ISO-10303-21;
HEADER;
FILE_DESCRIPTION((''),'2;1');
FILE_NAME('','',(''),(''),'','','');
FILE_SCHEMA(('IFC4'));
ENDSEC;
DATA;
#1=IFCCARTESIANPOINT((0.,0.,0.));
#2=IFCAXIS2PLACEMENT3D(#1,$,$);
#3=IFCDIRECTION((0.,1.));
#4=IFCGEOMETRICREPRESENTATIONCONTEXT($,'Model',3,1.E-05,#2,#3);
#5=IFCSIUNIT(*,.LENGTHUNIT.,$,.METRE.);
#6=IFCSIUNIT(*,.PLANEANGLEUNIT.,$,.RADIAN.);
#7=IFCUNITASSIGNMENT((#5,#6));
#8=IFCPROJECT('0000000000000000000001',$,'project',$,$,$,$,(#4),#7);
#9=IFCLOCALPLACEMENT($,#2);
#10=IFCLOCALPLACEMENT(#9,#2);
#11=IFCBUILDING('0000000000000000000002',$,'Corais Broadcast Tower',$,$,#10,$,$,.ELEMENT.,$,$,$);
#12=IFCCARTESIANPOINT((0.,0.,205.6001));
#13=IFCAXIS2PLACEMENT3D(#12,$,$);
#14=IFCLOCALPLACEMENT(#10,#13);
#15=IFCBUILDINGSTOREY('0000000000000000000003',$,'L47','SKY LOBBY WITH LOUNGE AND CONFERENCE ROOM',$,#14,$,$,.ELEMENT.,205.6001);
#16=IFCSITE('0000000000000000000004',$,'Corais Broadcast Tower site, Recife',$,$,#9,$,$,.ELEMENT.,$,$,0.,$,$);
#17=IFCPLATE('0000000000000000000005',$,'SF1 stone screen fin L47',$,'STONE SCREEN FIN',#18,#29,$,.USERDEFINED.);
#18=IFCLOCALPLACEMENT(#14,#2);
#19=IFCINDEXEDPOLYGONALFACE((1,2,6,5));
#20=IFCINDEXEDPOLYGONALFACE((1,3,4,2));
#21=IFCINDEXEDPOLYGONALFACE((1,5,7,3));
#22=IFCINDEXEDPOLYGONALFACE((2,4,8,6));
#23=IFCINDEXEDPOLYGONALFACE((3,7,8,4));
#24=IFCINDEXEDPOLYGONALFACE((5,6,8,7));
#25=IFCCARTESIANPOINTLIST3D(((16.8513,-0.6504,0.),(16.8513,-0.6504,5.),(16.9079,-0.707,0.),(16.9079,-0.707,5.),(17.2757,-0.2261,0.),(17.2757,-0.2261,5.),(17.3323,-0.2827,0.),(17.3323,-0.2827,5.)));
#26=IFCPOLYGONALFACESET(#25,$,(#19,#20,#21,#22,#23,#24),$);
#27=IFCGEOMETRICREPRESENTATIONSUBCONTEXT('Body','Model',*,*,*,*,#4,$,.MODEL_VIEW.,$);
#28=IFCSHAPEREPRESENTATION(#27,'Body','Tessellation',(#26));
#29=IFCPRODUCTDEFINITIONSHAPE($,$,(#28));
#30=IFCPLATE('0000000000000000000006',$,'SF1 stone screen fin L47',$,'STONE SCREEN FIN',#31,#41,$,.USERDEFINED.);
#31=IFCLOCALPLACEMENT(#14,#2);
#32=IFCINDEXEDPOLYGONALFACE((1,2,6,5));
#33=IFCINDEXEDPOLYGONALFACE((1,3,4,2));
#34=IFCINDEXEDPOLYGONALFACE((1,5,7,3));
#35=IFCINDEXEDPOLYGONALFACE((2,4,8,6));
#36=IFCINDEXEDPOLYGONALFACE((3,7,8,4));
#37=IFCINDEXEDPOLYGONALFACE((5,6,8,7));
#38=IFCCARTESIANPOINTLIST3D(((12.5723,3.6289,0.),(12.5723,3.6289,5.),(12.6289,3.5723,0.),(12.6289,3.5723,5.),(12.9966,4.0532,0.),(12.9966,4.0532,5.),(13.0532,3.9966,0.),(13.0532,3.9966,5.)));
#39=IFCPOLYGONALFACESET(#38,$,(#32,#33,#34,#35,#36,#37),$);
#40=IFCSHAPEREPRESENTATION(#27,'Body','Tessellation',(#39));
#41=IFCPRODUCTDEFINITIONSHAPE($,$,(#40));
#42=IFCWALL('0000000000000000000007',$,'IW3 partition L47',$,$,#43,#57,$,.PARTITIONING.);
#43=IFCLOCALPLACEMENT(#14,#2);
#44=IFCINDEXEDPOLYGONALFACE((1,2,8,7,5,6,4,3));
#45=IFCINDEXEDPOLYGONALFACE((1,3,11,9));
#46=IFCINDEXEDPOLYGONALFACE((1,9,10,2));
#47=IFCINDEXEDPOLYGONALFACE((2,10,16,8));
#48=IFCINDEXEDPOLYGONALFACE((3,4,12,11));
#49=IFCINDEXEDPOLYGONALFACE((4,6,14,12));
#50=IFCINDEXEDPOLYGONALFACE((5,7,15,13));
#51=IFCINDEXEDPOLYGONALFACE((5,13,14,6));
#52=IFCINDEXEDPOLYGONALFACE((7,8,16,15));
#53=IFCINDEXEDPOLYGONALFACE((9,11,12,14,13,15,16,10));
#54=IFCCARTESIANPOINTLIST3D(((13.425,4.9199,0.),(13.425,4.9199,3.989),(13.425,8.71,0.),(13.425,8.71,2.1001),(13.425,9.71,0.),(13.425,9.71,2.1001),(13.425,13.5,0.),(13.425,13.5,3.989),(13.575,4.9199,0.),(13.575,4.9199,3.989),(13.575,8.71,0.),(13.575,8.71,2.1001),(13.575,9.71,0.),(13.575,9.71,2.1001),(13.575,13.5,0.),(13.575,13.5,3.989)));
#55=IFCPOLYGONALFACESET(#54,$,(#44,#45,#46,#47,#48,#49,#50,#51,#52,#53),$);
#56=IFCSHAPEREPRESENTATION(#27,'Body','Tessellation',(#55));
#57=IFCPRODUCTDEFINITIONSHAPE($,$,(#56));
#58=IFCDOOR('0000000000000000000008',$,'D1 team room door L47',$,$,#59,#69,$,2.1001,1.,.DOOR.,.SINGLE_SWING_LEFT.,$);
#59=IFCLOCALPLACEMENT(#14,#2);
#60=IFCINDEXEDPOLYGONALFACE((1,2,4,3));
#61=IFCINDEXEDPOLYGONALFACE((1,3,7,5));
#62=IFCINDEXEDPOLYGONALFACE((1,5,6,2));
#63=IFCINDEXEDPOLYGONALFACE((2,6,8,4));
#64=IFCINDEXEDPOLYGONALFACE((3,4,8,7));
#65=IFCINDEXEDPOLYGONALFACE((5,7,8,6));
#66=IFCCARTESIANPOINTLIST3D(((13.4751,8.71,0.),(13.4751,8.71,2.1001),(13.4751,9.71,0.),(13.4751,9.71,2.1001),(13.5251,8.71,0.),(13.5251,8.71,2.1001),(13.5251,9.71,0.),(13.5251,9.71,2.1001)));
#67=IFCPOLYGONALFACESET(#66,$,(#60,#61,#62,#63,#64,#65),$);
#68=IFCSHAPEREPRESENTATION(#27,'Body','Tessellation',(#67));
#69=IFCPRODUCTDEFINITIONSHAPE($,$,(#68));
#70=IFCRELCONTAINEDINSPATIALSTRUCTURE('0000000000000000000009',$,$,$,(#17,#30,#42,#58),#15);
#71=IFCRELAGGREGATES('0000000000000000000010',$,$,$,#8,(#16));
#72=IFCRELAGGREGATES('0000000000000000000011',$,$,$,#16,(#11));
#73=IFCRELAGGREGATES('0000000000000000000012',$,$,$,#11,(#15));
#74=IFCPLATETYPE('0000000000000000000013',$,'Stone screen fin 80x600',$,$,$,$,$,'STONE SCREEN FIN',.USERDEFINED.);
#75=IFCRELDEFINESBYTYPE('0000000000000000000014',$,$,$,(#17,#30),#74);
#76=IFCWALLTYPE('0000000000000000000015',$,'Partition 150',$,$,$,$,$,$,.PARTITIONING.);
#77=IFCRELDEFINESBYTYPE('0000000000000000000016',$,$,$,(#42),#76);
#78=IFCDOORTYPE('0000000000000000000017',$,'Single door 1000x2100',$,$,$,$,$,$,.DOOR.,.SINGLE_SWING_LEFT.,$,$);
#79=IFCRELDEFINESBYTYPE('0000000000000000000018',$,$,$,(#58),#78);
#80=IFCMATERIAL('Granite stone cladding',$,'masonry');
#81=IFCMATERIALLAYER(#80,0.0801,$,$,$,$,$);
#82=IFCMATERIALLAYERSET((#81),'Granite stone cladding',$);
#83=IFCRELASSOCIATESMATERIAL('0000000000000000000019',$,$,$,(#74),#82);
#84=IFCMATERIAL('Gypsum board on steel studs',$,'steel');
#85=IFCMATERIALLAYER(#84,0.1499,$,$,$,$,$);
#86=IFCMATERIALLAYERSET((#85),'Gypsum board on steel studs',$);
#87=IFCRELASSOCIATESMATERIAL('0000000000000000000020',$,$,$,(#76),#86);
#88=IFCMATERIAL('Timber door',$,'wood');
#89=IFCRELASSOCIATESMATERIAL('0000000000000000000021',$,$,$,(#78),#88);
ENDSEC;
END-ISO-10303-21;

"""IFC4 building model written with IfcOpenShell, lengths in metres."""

from ifc_helpers import new_model, si_unit, direction, frame, frame_2d, origin, origin_2d, place, context, subcontext, project, spatial, rectangle, extrude, material, layer, layer_set, type_object, element, fill, save


model = new_model("IFC4")

# Units and contexts
model_context = context("Model", 3, precision=1e-05, world=origin(), true_north=direction((0.0, 1.0)))
body_context = subcontext(model_context, "Body", "Model", "MODEL_VIEW")
ifc_project = project(units=[si_unit("LENGTHUNIT", "METRE"), si_unit("PLANEANGLEUNIT", "RADIAN")], contexts=[model_context])

# Site, building, storey
site_placement = place(None, origin())
site = spatial("IfcSite", under=ifc_project, at=site_placement, Name="Corais Broadcast Tower site, Recife", CompositionType="ELEMENT", RefElevation=0.0)
building_placement = place(site_placement, origin())
building = spatial("IfcBuilding", under=site, at=building_placement, Name="Corais Broadcast Tower", CompositionType="ELEMENT")
storey_placement = place(building_placement, frame((0.0, 0.0, 205.6001)))
storey = spatial("IfcBuildingStorey", under=building, at=storey_placement, Name="L47", Description="SKY LOBBY WITH LOUNGE AND CONFERENCE ROOM", CompositionType="ELEMENT", Elevation=205.6001)

# Plates
ifc_material_1 = material(Name="Granite stone cladding", Category="masonry")
ifc_layer_1 = layer(ifc_material_1, 0.0801)
ifc_layer_set_1 = layer_set([ifc_layer_1], Name="Granite stone cladding")
plate_type_1 = type_object("IfcPlateType", Name="Stone screen fin 80x600", ElementType="STONE SCREEN FIN", PredefinedType="USERDEFINED", material=ifc_layer_set_1)
for number, where, z_axis, x_axis, name in (
    (1, (17.0918, -0.4666, 0.0), (0.0, 0.0, 1.0), (-0.707107, 0.707107, 0.0), "SF1 stone screen fin L47"),
    (2, (12.8127, 3.8127, 0.0), (0.0, 0.0, 1.0), (-0.707107, 0.707107, 0.0), "SF1 stone screen fin L47"),
):
    element("IfcPlate", number, at=place(storey_placement, frame(where, z_axis=z_axis, x_axis=x_axis)), inside=storey, type_object=plate_type_1, Name=name, ObjectType="STONE SCREEN FIN", PredefinedType="USERDEFINED", context=body_context, shape_type="SweptSolid", body=[
        extrude(rectangle(XDim=0.0801, YDim=0.6001, at=origin_2d()), origin(), (0.0, 0.0, 1.0), 5.0),
    ])

# Wall, opening, door
ifc_material_2 = material(Name="Gypsum board on steel studs", Category="steel")
ifc_layer_2 = layer(ifc_material_2, 0.1499)
ifc_layer_set_2 = layer_set([ifc_layer_2], Name="Gypsum board on steel studs")
wall_type = type_object("IfcWallType", Name="Partition 150", PredefinedType="PARTITIONING", material=ifc_layer_set_2)
wall_placement = place(storey_placement, frame((13.5, 4.9199, 0.0), z_axis=(0.0, 0.0, 1.0), x_axis=(0.0, 1.0, 0.0)))
wall = element("IfcWall", 3, at=wall_placement, inside=storey, type_object=wall_type, Name="IW3 partition L47", PredefinedType="PARTITIONING", context=body_context, shape_type="SweptSolid", body=[
    extrude(rectangle(XDim=8.5801, YDim=0.1499, at=frame_2d((4.29, 0.0))), origin(), (0.0, 0.0, 1.0), 3.989),
])
opening_placement = place(wall_placement, frame((3.79, 0.0, 0.0)))
opening = element("IfcOpeningElement", 4, at=opening_placement, cuts=wall, PredefinedType="OPENING", context=body_context, shape_type="SweptSolid", body=[
    extrude(rectangle(XDim=1.0, YDim=2.1001, at=frame_2d((0.5, 1.05))), frame((0.0, 0.085, 0.0), z_axis=(0.0, -1.0, 0.0), x_axis=(1.0, 0.0, 0.0)), (0.0, 0.0, 1.0), 0.1699),
])
ifc_material_3 = material(Name="Timber door", Category="wood")
door_type = type_object("IfcDoorType", Name="Single door 1000x2100", OperationType="SINGLE_SWING_LEFT", PredefinedType="DOOR", material=ifc_material_3)
door_placement = place(opening_placement, origin())
door = element("IfcDoor", 5, at=door_placement, inside=storey, type_object=door_type, Name="D1 team room door L47", OperationType="SINGLE_SWING_LEFT", OverallHeight=2.1001, OverallWidth=1.0, PredefinedType="DOOR", context=body_context, shape_type="SweptSolid", body=[
    extrude(rectangle(XDim=1.0, YDim=2.1001, at=frame_2d((0.5, 1.05))), frame((0.0, 0.0249, 0.0), z_axis=(0.0, -1.0, 0.0), x_axis=(1.0, 0.0, 0.0)), (0.0, 0.0, 1.0), 0.05),
])
fill(opening, door)

save(model, "model.ifc")
